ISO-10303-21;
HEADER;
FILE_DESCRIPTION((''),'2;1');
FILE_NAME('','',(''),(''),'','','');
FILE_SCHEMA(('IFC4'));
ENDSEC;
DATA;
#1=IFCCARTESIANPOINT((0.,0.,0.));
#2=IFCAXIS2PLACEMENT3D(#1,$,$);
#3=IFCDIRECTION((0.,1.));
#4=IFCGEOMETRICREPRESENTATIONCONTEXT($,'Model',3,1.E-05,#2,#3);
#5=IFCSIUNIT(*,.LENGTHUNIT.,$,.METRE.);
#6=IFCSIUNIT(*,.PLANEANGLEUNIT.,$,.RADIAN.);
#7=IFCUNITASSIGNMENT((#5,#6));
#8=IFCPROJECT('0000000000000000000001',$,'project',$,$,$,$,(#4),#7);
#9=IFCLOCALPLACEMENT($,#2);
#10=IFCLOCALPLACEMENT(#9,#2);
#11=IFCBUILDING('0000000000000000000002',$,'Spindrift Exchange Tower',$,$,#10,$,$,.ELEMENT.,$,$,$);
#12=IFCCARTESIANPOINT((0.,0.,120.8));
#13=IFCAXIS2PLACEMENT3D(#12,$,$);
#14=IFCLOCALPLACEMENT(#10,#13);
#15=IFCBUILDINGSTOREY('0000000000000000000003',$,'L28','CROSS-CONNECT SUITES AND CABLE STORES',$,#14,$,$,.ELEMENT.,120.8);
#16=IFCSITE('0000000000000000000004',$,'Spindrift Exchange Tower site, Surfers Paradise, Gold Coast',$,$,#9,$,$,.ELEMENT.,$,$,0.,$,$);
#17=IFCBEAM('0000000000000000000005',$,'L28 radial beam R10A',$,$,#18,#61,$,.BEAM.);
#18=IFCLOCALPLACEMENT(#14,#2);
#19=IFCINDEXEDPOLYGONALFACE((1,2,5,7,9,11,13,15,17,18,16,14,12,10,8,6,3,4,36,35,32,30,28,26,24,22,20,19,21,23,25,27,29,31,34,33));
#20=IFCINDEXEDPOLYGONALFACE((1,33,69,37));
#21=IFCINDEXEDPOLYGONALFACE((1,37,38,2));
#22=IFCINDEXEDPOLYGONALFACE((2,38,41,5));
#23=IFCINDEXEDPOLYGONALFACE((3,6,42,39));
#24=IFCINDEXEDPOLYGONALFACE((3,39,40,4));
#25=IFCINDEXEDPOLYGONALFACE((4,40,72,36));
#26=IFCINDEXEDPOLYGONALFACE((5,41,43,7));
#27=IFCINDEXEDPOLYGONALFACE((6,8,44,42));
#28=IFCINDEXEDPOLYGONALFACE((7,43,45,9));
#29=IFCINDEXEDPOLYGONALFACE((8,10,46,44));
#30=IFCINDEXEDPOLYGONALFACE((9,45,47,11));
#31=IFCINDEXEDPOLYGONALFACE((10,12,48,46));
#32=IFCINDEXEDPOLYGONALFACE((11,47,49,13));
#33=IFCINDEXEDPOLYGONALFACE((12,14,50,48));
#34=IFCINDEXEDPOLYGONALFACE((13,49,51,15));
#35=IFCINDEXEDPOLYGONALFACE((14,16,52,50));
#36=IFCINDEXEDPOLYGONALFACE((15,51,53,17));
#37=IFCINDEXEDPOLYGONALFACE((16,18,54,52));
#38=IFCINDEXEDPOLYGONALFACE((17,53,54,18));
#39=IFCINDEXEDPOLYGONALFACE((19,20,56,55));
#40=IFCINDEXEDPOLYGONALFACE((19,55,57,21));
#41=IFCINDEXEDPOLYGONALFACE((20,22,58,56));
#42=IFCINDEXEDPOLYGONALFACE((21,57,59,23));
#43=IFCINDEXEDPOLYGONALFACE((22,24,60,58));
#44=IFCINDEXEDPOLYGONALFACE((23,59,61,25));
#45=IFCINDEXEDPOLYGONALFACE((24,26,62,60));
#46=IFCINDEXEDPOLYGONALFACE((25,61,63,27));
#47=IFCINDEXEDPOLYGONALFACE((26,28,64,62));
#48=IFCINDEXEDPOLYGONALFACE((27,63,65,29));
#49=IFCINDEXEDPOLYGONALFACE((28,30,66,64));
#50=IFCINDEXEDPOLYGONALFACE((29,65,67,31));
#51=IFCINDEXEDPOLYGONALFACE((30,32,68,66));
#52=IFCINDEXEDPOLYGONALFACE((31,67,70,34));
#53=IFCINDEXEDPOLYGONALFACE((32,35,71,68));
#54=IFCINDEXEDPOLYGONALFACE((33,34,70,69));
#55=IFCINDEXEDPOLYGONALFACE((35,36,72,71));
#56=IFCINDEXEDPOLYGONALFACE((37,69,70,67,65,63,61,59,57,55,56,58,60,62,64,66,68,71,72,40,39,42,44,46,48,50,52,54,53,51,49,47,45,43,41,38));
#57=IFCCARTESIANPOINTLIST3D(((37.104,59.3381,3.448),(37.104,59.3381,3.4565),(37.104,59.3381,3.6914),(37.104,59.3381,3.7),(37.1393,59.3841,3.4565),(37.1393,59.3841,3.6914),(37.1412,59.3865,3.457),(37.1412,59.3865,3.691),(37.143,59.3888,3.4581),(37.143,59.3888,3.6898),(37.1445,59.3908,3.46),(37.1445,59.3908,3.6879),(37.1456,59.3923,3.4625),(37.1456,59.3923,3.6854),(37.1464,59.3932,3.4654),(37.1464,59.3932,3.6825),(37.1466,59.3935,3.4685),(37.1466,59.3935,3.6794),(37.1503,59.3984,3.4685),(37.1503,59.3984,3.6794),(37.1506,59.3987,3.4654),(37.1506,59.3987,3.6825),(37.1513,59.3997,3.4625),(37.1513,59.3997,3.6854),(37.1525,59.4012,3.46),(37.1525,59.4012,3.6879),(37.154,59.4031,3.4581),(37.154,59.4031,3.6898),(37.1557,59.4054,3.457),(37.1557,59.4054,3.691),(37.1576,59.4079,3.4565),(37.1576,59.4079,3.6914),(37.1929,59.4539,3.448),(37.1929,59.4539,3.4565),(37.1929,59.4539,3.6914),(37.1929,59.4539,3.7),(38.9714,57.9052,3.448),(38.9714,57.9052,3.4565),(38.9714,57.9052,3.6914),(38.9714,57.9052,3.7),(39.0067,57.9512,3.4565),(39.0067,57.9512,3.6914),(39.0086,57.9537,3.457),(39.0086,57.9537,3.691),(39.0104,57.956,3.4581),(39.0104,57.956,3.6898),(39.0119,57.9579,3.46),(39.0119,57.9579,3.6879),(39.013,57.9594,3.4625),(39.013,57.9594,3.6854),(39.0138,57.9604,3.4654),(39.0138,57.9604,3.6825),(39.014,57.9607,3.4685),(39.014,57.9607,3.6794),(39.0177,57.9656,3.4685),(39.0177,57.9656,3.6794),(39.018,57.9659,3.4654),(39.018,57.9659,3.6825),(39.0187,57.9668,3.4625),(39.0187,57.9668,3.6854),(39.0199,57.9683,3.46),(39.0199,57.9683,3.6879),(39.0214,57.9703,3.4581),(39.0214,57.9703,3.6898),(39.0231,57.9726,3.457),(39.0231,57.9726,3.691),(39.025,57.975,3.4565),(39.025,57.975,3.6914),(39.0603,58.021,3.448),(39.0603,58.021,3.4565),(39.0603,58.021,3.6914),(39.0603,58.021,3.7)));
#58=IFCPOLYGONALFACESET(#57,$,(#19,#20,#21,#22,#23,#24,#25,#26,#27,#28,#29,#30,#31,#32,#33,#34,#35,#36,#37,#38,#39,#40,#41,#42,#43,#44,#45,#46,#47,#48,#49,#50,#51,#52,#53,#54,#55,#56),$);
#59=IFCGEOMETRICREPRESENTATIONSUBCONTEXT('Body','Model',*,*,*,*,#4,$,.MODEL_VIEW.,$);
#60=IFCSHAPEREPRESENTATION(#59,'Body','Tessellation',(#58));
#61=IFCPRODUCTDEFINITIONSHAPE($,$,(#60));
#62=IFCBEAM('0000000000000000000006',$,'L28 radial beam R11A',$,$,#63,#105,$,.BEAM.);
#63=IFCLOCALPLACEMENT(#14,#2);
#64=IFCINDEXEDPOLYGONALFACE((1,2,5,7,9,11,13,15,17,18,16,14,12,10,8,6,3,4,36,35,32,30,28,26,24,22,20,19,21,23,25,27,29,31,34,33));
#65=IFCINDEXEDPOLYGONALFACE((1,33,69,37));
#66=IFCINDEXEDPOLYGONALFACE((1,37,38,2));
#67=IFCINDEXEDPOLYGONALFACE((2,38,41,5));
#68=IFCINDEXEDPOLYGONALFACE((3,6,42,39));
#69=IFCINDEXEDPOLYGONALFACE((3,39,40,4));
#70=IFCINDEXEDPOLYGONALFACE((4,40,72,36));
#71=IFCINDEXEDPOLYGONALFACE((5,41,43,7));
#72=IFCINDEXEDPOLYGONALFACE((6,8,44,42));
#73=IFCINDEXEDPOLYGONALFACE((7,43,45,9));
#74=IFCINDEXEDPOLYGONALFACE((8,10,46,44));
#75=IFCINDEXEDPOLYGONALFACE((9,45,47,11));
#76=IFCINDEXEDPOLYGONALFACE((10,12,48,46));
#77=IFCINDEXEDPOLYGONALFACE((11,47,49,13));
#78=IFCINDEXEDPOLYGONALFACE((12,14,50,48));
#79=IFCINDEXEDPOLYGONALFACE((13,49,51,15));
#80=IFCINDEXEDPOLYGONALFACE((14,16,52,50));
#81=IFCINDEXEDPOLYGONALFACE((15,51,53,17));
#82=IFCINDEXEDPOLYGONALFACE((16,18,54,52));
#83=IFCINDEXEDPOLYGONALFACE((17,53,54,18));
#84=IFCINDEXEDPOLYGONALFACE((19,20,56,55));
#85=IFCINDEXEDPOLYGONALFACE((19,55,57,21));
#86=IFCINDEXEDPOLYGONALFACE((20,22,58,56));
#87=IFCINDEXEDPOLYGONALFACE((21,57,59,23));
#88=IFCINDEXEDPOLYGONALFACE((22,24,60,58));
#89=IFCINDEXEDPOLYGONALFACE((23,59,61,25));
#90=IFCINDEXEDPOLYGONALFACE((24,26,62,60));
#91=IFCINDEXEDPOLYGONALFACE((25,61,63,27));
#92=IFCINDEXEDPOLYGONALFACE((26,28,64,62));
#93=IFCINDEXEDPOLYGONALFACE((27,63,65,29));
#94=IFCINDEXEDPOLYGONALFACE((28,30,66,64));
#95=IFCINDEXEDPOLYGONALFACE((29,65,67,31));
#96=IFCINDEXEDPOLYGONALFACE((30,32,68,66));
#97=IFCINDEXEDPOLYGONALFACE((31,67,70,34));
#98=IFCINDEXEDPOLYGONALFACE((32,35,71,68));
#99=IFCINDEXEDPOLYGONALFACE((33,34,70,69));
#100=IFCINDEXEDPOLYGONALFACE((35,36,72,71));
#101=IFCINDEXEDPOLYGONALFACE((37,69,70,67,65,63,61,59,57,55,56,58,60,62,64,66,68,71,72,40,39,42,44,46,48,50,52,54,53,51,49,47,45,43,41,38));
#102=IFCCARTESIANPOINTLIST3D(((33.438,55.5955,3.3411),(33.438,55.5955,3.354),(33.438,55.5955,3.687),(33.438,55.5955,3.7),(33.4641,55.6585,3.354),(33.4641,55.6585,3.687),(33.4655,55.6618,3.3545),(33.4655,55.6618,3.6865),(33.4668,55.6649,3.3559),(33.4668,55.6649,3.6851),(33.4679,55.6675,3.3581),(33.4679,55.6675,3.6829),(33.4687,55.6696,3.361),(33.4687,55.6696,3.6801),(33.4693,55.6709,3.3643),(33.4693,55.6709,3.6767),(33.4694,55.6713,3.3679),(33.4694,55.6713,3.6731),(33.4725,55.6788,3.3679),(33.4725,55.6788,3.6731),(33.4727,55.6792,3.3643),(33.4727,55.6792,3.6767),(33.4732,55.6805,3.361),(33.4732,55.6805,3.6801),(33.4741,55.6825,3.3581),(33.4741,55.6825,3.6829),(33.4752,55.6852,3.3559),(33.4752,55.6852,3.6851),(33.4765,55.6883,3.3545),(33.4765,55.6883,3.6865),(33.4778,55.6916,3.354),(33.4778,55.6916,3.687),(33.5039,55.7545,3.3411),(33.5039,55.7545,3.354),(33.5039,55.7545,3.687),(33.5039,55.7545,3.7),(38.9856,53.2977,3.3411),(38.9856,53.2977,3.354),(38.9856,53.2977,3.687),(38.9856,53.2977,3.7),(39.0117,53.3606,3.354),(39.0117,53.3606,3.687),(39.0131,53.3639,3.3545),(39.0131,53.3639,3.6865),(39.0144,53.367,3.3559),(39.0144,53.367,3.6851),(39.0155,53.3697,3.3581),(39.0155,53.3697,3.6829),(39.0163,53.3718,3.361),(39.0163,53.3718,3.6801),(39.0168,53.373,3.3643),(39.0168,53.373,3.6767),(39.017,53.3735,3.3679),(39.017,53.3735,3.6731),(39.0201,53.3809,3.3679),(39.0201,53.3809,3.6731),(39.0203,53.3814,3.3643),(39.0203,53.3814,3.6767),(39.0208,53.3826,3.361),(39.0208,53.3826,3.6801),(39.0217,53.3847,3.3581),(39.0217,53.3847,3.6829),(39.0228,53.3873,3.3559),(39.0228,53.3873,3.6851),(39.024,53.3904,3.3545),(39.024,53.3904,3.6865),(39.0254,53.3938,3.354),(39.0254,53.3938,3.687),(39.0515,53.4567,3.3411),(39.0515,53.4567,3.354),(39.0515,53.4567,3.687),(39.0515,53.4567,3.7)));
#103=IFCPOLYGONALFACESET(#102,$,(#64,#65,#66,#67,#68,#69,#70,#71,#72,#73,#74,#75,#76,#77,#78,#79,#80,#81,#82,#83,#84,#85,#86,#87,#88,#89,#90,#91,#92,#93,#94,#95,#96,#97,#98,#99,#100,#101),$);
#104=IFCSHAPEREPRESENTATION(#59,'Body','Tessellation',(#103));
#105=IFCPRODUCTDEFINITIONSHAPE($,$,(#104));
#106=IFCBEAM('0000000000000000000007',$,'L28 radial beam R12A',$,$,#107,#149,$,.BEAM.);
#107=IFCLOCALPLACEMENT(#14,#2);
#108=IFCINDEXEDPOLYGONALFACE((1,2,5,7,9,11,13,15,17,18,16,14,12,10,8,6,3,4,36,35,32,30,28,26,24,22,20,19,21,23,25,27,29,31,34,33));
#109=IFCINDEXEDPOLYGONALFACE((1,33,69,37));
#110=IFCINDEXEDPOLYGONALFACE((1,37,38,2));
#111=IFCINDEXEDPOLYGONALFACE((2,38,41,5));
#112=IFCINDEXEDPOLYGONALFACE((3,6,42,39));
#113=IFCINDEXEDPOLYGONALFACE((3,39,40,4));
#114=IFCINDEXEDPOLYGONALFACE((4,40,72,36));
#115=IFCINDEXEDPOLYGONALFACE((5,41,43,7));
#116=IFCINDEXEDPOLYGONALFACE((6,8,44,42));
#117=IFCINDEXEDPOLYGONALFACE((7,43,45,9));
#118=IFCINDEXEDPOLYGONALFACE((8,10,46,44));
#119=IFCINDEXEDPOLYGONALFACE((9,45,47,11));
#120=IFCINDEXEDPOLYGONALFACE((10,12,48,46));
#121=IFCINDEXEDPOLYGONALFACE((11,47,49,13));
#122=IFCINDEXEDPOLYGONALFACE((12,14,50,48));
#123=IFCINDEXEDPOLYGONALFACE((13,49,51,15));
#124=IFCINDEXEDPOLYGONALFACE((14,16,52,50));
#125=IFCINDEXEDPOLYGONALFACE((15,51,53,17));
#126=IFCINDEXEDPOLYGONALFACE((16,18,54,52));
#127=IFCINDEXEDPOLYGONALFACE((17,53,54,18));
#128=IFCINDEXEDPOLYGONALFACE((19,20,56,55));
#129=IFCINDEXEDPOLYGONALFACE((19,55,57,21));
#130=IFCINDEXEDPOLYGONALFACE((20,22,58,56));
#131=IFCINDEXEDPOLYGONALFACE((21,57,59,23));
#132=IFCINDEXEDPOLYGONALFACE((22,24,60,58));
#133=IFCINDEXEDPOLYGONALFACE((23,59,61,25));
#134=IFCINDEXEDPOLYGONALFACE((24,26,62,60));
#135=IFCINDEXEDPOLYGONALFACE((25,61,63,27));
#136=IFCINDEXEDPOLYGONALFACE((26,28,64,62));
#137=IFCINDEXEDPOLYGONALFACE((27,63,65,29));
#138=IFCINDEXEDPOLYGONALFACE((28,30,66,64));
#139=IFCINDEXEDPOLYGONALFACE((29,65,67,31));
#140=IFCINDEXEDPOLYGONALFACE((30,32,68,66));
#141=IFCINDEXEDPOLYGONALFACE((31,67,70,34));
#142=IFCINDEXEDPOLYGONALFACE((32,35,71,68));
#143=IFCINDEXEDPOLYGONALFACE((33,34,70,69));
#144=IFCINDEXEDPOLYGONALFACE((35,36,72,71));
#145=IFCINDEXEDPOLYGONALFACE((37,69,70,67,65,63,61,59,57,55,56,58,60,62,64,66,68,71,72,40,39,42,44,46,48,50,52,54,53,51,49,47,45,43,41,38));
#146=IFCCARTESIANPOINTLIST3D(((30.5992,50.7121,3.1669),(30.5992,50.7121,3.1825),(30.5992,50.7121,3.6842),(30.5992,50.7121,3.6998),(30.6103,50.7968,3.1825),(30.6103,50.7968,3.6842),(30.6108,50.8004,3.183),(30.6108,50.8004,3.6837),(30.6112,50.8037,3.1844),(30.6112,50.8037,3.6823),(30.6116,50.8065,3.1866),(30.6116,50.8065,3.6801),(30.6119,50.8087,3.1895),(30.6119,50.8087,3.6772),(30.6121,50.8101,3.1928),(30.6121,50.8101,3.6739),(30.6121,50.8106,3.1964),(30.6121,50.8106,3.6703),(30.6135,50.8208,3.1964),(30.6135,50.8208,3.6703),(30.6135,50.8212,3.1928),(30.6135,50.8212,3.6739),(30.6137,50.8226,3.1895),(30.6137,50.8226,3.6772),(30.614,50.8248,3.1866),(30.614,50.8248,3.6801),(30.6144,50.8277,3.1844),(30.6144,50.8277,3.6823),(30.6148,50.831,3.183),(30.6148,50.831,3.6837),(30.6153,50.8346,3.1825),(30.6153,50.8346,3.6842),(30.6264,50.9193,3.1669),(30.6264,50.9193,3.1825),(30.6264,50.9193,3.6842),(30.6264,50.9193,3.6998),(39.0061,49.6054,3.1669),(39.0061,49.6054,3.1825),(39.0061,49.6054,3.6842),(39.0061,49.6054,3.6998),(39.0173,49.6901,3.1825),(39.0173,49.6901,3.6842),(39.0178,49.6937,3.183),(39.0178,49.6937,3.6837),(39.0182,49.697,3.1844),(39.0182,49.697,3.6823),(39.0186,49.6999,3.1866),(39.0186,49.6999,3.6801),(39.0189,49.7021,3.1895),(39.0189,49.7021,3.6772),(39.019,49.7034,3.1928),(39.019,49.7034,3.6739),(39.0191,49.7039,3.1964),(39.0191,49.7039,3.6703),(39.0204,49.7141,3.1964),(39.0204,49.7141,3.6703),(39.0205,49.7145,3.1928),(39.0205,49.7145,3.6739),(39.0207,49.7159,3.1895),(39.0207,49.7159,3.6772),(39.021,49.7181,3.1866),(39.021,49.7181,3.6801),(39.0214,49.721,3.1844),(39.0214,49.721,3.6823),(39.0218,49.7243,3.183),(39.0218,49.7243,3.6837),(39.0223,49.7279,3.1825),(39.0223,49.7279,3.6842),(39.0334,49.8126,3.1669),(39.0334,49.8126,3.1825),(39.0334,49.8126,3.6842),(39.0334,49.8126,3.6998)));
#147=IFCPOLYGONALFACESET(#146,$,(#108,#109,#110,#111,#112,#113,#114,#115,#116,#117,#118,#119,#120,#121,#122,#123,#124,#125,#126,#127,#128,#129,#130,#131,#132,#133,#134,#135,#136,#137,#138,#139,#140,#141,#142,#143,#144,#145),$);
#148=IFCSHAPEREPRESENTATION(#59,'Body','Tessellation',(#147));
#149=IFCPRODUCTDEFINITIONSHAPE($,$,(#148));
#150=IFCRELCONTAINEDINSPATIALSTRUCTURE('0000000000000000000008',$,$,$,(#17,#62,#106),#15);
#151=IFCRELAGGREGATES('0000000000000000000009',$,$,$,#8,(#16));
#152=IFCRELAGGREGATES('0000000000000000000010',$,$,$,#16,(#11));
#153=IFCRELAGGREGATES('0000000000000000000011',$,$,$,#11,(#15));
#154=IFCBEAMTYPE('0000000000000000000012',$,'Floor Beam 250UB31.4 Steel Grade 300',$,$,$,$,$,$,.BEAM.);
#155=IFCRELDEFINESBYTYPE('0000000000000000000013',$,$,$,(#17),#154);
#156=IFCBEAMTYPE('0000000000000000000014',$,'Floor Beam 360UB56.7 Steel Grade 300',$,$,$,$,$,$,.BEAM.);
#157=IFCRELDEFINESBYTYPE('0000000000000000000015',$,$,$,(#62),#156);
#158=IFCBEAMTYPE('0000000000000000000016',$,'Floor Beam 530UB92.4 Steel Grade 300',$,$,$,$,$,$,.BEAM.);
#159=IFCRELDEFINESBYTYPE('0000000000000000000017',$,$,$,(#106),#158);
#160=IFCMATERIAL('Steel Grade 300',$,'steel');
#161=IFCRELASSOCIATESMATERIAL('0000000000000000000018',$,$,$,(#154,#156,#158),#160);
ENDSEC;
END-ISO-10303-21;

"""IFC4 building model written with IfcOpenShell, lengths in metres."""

from ifc_helpers import new_model, si_unit, direction, frame, origin, origin_2d, place, context, subcontext, project, spatial, i_section, extrude, source, transform, mapped, material, material_profile, profile_set, type_object, element, save


model = new_model("IFC4")

# Units and contexts
model_context = context("Model", 3, precision=1e-05, world=origin(), true_north=direction((0.0, 1.0)))
body_context = subcontext(model_context, "Body", "Model", "MODEL_VIEW")
ifc_project = project(units=[si_unit("LENGTHUNIT", "METRE"), si_unit("PLANEANGLEUNIT", "RADIAN")], contexts=[model_context])

# Site, building, storey
site_placement = place(None, origin())
site = spatial("IfcSite", under=ifc_project, at=site_placement, Name="Spindrift Exchange Tower site, Surfers Paradise, Gold Coast", CompositionType="ELEMENT", RefElevation=0.0)
building_placement = place(site_placement, origin())
building = spatial("IfcBuilding", under=site, at=building_placement, Name="Spindrift Exchange Tower", CompositionType="ELEMENT")
storey_placement = place(building_placement, frame((0.0, 0.0, 120.8)))
storey = spatial("IfcBuildingStorey", under=building, at=storey_placement, Name="L28", Description="CROSS-CONNECT SUITES AND CABLE STORES", CompositionType="ELEMENT", Elevation=120.8)

# Beams
ifc_material_1 = material(Name="Steel Grade 300", Category="steel")
ifc_material_profile_1 = material_profile(ifc_material_1, i_section(OverallWidth=0.146, OverallDepth=0.252, WebThickness=0.0061, FlangeThickness=0.0085, FilletRadius=0.012, at=origin_2d()), Name="250UB31.4")
ifc_profile_set_1 = profile_set([ifc_material_profile_1], Name="Steel Grade 300")
beam_type_1 = type_object("IfcBeamType", Name="Floor Beam 250UB31.4 Steel Grade 300", PredefinedType="BEAM", material=ifc_profile_set_1)
shared_shape_1 = source(origin(), body_context, "Body", "SweptSolid", [
    extrude(i_section(OverallWidth=0.146, OverallDepth=0.252, WebThickness=0.0061, FlangeThickness=0.0085, FilletRadius=0.012, at=origin_2d()), origin(), (0.0, 0.0, 1.0), 2.3538),
])
beam_1_placement = place(storey_placement, frame((39.0159, 57.9631, 3.574), z_axis=(-0.793368, 0.608743, 0.0), x_axis=(-0.608743, -0.793368, 0.0)))
element("IfcBeam", 1, at=beam_1_placement, inside=storey, type_object=beam_type_1, Name="L28 radial beam R10A", PredefinedType="BEAM", context=body_context, shape_type="MappedRepresentation", body=[
    mapped(shared_shape_1, transform((0.0, 0.0, 0.0), scale=1.0)),
])
ifc_material_profile_2 = material_profile(ifc_material_1, i_section(OverallWidth=0.1721, OverallDepth=0.3589, WebThickness=0.0081, FlangeThickness=0.0129, FilletRadius=0.0139, at=origin_2d()), Name="360UB56.7")
ifc_profile_set_2 = profile_set([ifc_material_profile_2], Name="Steel Grade 300")
beam_type_2 = type_object("IfcBeamType", Name="Floor Beam 360UB56.7 Steel Grade 300", PredefinedType="BEAM", material=ifc_profile_set_2)
shared_shape_2 = source(origin(), body_context, "Body", "SweptSolid", [
    extrude(i_section(OverallWidth=0.1721, OverallDepth=0.3589, WebThickness=0.0081, FlangeThickness=0.0129, FilletRadius=0.0139, at=origin_2d()), origin(), (0.0, 0.0, 1.0), 6.0046),
])
beam_2_placement = place(storey_placement, frame((39.0186, 53.3772, 3.5205), z_axis=(-0.923882, 0.382677, 0.0), x_axis=(-0.382677, -0.923882, 0.0)))
element("IfcBeam", 2, at=beam_2_placement, inside=storey, type_object=beam_type_2, Name="L28 radial beam R11A", PredefinedType="BEAM", context=body_context, shape_type="MappedRepresentation", body=[
    mapped(shared_shape_2, transform((0.0, 0.0, 0.0), scale=1.0)),
])
ifc_material_profile_3 = material_profile(ifc_material_1, i_section(OverallWidth=0.209, OverallDepth=0.533, WebThickness=0.0103, FlangeThickness=0.0156, FilletRadius=0.0139, at=origin_2d()), Name="530UB92.4")
ifc_profile_set_3 = profile_set([ifc_material_profile_3], Name="Steel Grade 300")
beam_type_3 = type_object("IfcBeamType", Name="Floor Beam 530UB92.4 Steel Grade 300", PredefinedType="BEAM", material=ifc_profile_set_3)
shared_shape_3 = source(origin(), body_context, "Body", "SweptSolid", [
    extrude(i_section(OverallWidth=0.209, OverallDepth=0.533, WebThickness=0.0103, FlangeThickness=0.0156, FilletRadius=0.0139, at=origin_2d()), origin(), (0.0, 0.0, 1.0), 8.4795),
])
beam_3_placement = place(storey_placement, frame((39.0198, 49.709, 3.4333), z_axis=(-0.991447, 0.130513, 0.0), x_axis=(-0.130513, -0.991447, 0.0)))
element("IfcBeam", 3, at=beam_3_placement, inside=storey, type_object=beam_type_3, Name="L28 radial beam R12A", PredefinedType="BEAM", context=body_context, shape_type="MappedRepresentation", body=[
    mapped(shared_shape_3, transform((0.0, 0.0, 0.0), scale=1.0)),
])

save(model, "model.ifc")
